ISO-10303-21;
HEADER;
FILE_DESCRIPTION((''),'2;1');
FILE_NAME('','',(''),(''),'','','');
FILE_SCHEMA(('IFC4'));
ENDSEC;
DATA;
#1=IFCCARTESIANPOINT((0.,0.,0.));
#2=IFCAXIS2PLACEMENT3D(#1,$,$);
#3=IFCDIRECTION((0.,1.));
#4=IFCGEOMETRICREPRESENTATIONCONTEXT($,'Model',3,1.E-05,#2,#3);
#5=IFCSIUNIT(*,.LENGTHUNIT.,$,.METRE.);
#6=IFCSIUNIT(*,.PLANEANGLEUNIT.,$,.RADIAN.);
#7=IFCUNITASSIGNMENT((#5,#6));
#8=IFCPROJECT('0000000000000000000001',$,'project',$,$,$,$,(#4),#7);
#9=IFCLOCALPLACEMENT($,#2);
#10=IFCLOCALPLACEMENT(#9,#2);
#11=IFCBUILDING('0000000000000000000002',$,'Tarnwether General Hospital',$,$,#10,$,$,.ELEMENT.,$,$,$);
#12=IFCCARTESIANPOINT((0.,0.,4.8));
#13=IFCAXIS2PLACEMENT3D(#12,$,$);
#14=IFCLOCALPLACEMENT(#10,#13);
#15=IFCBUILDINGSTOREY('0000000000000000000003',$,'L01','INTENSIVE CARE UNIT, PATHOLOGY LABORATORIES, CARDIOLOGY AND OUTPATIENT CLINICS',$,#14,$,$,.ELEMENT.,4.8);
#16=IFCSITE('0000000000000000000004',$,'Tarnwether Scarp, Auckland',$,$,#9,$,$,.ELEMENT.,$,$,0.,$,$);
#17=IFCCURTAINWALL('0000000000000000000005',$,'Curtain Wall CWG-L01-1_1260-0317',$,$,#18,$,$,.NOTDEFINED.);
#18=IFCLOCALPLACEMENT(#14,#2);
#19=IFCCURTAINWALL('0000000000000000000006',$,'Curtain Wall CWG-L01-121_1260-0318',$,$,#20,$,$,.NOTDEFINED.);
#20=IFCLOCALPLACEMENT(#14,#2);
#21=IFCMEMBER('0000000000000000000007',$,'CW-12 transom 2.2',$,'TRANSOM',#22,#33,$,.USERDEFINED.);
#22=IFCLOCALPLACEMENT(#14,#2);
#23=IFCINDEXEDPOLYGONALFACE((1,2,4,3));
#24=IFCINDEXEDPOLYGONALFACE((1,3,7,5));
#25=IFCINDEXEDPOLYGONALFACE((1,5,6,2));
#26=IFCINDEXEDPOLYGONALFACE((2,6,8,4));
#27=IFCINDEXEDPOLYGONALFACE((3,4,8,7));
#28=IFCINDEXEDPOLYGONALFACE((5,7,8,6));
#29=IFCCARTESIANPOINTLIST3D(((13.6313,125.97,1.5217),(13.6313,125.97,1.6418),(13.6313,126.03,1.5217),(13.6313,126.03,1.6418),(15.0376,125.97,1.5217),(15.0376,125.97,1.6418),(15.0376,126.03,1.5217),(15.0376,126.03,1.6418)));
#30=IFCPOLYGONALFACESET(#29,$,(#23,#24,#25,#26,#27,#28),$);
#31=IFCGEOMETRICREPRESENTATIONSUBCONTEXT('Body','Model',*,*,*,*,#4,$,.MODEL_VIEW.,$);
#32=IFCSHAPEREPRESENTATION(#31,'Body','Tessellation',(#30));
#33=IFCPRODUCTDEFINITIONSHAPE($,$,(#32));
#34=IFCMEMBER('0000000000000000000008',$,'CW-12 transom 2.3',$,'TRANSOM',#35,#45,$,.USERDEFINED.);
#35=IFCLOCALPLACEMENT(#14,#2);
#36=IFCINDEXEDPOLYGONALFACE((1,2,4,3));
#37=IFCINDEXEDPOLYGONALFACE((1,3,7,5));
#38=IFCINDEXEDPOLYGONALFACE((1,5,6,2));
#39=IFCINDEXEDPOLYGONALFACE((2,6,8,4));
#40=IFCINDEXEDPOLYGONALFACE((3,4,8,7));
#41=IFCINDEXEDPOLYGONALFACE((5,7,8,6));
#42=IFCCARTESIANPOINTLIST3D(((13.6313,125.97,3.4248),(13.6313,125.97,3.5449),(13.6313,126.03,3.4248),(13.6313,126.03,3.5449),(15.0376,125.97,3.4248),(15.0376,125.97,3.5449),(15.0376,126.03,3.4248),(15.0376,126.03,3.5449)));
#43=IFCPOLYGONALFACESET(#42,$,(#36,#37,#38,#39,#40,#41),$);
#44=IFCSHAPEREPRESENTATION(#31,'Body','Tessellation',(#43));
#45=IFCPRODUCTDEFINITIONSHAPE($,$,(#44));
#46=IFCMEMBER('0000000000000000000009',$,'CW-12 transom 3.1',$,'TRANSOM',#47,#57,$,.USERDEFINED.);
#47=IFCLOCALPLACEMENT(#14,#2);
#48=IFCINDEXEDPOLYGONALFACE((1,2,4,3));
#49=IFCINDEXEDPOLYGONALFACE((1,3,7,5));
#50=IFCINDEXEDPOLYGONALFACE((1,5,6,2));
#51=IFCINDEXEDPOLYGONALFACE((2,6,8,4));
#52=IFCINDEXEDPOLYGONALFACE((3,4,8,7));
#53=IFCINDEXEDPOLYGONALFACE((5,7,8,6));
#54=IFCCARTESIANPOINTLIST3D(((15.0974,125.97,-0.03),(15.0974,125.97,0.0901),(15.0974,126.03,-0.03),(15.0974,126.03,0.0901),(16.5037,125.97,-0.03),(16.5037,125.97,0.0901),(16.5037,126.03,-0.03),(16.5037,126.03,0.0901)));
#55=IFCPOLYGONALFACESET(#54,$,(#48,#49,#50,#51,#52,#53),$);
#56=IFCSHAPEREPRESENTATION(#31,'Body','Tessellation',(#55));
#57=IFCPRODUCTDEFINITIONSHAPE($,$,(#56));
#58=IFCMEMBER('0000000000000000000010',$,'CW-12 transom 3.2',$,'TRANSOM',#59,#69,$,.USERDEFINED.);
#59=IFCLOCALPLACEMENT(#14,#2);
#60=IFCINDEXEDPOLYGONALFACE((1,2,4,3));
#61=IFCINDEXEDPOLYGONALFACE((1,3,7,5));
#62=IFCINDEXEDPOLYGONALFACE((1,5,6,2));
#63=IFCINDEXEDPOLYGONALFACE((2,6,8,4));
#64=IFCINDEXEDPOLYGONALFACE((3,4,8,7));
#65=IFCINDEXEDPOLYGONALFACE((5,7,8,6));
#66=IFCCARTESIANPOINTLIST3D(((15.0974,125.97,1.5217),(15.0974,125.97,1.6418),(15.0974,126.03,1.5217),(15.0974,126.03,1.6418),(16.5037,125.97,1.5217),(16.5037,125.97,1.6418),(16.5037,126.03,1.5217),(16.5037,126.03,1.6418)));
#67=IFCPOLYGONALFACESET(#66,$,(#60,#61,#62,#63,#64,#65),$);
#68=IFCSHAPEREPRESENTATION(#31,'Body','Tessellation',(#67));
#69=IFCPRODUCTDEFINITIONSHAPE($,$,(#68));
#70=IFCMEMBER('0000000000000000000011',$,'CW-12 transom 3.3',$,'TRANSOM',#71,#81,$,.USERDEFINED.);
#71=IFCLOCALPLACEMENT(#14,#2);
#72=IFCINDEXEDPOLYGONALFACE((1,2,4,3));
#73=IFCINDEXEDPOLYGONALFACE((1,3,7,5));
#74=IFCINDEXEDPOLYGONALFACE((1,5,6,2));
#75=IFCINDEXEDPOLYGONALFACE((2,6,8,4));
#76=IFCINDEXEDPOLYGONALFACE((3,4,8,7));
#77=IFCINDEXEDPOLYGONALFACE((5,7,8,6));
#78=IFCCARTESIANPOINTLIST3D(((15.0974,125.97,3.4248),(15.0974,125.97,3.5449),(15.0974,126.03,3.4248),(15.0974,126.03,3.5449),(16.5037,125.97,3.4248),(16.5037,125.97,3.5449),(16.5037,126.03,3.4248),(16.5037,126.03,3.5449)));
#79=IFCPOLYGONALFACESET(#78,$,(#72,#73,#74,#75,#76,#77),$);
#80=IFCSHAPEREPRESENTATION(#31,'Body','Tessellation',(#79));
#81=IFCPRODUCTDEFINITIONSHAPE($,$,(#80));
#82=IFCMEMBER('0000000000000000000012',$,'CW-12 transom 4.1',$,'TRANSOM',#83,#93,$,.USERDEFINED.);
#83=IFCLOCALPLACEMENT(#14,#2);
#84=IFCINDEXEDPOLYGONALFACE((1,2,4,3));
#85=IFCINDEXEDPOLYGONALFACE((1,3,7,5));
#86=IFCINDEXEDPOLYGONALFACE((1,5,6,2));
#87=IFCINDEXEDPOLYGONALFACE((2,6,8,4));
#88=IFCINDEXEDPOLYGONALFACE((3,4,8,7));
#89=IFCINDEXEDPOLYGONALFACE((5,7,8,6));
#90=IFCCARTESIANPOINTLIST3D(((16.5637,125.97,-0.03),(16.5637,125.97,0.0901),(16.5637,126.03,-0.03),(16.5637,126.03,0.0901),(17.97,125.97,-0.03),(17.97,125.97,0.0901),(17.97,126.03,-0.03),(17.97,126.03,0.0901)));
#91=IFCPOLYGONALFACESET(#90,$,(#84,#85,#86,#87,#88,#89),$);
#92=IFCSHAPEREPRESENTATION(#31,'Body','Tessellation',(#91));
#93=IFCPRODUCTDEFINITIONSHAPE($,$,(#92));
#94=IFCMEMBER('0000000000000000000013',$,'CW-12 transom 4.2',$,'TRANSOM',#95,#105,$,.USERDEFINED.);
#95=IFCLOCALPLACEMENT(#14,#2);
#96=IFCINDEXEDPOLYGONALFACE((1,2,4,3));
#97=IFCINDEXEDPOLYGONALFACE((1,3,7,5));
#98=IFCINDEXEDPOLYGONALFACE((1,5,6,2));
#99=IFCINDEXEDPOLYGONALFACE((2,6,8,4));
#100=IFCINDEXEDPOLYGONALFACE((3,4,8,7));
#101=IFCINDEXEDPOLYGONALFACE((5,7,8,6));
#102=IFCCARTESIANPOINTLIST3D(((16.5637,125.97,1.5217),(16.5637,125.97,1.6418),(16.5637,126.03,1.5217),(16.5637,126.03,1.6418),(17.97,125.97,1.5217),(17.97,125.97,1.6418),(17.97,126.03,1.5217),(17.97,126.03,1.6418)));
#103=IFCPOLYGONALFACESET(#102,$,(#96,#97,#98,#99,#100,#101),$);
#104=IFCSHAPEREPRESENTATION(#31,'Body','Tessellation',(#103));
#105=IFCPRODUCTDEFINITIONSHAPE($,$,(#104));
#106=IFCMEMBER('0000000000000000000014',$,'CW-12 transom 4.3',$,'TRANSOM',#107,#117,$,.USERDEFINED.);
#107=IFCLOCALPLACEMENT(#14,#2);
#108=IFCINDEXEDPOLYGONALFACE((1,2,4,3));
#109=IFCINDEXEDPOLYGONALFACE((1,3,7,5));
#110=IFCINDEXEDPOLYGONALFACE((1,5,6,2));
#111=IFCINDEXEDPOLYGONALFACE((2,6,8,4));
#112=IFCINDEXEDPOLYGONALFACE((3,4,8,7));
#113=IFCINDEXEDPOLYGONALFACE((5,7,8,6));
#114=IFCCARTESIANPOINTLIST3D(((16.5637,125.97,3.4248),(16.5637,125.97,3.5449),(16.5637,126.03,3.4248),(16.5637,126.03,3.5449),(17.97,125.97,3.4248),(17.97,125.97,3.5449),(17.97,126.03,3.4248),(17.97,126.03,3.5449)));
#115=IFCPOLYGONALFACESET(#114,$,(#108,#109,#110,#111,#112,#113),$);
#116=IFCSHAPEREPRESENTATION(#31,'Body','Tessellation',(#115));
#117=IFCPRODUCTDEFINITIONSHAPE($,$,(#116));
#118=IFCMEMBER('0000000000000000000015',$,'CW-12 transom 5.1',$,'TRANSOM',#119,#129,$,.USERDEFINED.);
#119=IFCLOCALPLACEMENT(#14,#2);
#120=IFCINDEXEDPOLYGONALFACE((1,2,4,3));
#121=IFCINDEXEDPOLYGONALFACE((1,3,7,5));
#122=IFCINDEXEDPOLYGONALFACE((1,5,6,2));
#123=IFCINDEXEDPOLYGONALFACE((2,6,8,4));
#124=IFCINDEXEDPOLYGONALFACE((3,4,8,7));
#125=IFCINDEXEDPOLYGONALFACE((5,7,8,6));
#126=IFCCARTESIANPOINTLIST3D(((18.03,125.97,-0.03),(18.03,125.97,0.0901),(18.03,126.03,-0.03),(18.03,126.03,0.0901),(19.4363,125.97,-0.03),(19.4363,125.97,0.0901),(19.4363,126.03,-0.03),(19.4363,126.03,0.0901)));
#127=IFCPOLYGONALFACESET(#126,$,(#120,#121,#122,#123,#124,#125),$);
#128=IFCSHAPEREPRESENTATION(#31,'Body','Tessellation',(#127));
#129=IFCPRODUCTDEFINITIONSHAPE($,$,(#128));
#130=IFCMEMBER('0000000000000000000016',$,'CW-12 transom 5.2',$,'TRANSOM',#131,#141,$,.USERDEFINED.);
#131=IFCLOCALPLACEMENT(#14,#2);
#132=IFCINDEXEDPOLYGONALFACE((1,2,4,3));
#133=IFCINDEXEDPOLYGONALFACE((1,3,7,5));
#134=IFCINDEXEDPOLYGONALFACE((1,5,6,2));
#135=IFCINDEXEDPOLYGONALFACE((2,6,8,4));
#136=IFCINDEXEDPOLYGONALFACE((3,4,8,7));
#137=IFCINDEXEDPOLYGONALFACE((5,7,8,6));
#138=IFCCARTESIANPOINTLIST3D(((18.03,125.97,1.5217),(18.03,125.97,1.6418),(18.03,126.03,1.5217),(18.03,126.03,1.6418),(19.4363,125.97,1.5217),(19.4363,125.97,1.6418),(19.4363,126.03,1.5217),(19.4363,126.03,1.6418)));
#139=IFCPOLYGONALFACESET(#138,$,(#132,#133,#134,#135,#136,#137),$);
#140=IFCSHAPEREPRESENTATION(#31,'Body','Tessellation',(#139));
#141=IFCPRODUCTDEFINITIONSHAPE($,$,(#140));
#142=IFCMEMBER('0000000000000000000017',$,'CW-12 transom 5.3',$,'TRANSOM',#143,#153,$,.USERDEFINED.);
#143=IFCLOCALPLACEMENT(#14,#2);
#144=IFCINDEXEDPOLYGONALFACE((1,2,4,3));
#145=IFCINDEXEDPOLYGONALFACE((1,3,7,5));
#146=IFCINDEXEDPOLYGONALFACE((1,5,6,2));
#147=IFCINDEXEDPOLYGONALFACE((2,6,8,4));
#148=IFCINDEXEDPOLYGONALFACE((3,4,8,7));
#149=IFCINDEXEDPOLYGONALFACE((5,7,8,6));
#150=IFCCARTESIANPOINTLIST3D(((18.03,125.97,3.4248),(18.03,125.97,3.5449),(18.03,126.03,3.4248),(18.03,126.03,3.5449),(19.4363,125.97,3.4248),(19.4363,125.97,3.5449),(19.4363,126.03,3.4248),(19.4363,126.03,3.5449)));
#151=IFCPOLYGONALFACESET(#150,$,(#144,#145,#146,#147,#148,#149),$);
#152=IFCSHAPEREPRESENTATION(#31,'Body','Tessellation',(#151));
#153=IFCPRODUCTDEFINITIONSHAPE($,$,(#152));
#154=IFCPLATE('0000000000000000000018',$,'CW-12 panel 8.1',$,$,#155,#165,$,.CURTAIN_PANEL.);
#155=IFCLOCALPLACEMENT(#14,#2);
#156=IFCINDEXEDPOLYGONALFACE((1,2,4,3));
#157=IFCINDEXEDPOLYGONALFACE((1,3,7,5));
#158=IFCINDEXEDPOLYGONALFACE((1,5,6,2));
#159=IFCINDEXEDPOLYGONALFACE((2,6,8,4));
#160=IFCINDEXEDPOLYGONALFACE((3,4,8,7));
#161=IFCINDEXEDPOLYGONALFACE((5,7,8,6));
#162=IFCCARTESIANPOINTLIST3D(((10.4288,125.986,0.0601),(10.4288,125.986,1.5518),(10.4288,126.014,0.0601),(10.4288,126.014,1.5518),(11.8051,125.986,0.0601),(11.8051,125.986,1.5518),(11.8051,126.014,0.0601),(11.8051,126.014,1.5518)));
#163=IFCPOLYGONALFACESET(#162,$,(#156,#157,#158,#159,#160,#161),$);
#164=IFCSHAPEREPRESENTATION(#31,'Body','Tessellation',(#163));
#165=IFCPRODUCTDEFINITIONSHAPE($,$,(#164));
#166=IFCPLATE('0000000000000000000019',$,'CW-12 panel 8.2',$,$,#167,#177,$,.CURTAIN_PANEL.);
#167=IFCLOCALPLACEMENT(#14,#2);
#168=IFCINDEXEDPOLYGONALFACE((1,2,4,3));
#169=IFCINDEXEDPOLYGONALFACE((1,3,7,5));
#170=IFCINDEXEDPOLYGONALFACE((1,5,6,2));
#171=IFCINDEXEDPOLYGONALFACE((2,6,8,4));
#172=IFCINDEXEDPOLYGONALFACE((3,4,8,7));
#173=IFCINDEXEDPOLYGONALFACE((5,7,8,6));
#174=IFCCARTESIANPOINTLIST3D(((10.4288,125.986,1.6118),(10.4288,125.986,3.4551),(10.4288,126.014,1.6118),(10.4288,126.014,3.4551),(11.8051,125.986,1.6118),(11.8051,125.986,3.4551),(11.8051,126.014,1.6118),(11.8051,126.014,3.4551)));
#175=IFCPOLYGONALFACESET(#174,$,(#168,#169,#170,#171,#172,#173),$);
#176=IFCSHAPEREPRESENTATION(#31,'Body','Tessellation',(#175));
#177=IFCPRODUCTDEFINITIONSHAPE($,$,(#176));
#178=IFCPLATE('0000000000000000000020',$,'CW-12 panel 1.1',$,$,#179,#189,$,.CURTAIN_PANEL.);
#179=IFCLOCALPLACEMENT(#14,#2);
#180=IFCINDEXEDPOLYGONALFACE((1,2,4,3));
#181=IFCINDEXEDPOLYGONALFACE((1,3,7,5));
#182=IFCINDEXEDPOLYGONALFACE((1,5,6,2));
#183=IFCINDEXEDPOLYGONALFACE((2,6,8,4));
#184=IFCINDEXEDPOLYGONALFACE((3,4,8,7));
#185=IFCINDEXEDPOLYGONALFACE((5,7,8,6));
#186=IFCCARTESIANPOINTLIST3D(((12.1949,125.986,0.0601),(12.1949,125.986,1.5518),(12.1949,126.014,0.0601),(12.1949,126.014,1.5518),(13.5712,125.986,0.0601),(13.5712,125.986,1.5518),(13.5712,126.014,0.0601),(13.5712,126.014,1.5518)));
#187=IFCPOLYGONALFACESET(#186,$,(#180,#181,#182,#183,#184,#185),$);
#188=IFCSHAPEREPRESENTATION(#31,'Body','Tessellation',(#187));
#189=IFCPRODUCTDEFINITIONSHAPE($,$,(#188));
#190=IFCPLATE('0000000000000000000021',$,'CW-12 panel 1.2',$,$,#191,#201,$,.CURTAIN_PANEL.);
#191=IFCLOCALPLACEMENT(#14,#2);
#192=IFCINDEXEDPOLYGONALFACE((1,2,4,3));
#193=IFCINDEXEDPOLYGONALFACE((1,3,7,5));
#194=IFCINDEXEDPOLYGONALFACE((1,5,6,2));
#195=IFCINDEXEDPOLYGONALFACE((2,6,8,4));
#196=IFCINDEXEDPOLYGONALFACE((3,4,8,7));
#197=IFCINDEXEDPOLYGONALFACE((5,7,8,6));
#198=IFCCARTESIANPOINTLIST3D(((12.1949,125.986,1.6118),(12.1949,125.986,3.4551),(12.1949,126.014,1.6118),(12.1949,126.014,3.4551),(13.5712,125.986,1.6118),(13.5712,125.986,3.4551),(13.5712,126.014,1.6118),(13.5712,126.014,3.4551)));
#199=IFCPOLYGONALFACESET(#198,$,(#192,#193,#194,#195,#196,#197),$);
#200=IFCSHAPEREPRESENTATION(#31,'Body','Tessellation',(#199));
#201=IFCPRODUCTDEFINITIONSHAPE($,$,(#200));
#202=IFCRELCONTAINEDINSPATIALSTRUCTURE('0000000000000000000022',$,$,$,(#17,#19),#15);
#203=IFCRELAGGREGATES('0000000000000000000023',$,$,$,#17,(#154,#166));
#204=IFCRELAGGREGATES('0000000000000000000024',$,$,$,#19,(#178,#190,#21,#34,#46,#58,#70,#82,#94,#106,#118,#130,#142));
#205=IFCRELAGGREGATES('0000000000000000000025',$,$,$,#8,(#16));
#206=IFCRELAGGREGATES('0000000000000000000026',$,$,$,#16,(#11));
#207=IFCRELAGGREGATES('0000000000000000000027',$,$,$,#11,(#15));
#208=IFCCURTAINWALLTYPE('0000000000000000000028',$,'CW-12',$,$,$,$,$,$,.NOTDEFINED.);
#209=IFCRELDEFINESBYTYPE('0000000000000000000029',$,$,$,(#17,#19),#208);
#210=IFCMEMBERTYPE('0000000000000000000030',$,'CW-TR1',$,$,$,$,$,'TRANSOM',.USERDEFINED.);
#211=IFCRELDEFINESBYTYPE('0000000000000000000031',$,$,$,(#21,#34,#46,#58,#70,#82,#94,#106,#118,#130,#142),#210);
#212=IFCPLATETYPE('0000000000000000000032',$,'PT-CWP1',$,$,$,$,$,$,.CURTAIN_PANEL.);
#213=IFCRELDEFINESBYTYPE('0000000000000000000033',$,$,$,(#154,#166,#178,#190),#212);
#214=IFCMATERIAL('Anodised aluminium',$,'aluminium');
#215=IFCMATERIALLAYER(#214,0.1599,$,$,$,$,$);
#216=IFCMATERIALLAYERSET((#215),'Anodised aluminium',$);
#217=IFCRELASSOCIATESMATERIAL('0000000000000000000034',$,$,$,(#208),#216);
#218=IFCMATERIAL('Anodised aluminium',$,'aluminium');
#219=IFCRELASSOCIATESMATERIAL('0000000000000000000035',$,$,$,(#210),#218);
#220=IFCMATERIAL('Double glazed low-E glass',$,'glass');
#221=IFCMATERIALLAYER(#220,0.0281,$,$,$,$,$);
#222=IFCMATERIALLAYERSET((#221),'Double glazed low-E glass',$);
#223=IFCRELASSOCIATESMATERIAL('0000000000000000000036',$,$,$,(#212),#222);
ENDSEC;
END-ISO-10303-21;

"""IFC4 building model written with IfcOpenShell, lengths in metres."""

from ifc_helpers import new_model, si_unit, direction, frame, origin, origin_2d, place, context, subcontext, project, spatial, rectangle, extrude, material, layer, layer_set, material_profile, profile_set, type_object, element, aggregate, save


model = new_model("IFC4")

# Units and contexts
model_context = context("Model", 3, precision=1e-05, world=origin(), true_north=direction((0.0, 1.0)))
body_context = subcontext(model_context, "Body", "Model", "MODEL_VIEW")
ifc_project = project(units=[si_unit("LENGTHUNIT", "METRE"), si_unit("PLANEANGLEUNIT", "RADIAN")], contexts=[model_context])

# Site, building, storey
site_placement = place(None, origin())
site = spatial("IfcSite", under=ifc_project, at=site_placement, Name="Tarnwether Scarp, Auckland", CompositionType="ELEMENT", RefElevation=0.0)
building_placement = place(site_placement, origin())
building = spatial("IfcBuilding", under=site, at=building_placement, Name="Tarnwether General Hospital", CompositionType="ELEMENT")
storey_placement = place(building_placement, frame((0.0, 0.0, 4.8)))
storey = spatial("IfcBuildingStorey", under=building, at=storey_placement, Name="L01", Description="INTENSIVE CARE UNIT, PATHOLOGY LABORATORIES, CARDIOLOGY AND OUTPATIENT CLINICS", CompositionType="ELEMENT", Elevation=4.8)

# Curtain wall
ifc_material_1 = material(Name="Anodised aluminium", Category="aluminium")
ifc_layer_1 = layer(ifc_material_1, 0.1599)
ifc_layer_set_1 = layer_set([ifc_layer_1], Name="Anodised aluminium")
curtain_wall_type = type_object("IfcCurtainWallType", Name="CW-12", PredefinedType="NOTDEFINED", material=ifc_layer_set_1)
curtain_wall_1_placement = place(storey_placement, origin())
curtain_wall_1 = element("IfcCurtainWall", 1, at=curtain_wall_1_placement, inside=storey, type_object=curtain_wall_type, Name="Curtain Wall CWG-L01-1_1260-0317", PredefinedType="NOTDEFINED")

# Curtain wall
curtain_wall_2_placement = place(storey_placement, origin())
curtain_wall_2 = element("IfcCurtainWall", 2, at=curtain_wall_2_placement, inside=storey, type_object=curtain_wall_type, Name="Curtain Wall CWG-L01-121_1260-0318", PredefinedType="NOTDEFINED")

# Members
ifc_material_2 = material(Name="Anodised aluminium", Category="aluminium")
ifc_material_profile_1 = material_profile(ifc_material_2, rectangle(XDim=0.0601, YDim=0.1201, at=origin_2d()), Name="ALU-TRN-60x120")
ifc_profile_set_1 = profile_set([ifc_material_profile_1], Name="Anodised aluminium")
member_type_1 = type_object("IfcMemberType", Name="CW-TR1", ElementType="TRANSOM", PredefinedType="USERDEFINED", material=ifc_profile_set_1)
member_1_placement = place(storey_placement, frame((13.6313, 126.0, 1.5818), z_axis=(1.0, 0.0, 0.0), x_axis=(0.0, 1.0, 0.0)))
member_1 = element("IfcMember", 3, at=member_1_placement, type_object=member_type_1, Name="CW-12 transom 2.2", ObjectType="TRANSOM", PredefinedType="USERDEFINED", context=body_context, shape_type="SweptSolid", body=[
    extrude(rectangle(XDim=0.0601, YDim=0.1201, at=origin_2d()), origin(), (0.0, 0.0, 1.0), 1.4062),
])
member_2_placement = place(storey_placement, frame((13.6313, 126.0, 3.4849), z_axis=(1.0, 0.0, 0.0), x_axis=(0.0, 1.0, 0.0)))
member_2 = element("IfcMember", 4, at=member_2_placement, type_object=member_type_1, Name="CW-12 transom 2.3", ObjectType="TRANSOM", PredefinedType="USERDEFINED", context=body_context, shape_type="SweptSolid", body=[
    extrude(rectangle(XDim=0.0601, YDim=0.1201, at=origin_2d()), origin(), (0.0, 0.0, 1.0), 1.4062),
])
member_3_placement = place(storey_placement, frame((15.0974, 126.0, 0.03), z_axis=(1.0, 0.0, 0.0), x_axis=(0.0, 1.0, 0.0)))
member_3 = element("IfcMember", 5, at=member_3_placement, type_object=member_type_1, Name="CW-12 transom 3.1", ObjectType="TRANSOM", PredefinedType="USERDEFINED", context=body_context, shape_type="SweptSolid", body=[
    extrude(rectangle(XDim=0.0601, YDim=0.1201, at=origin_2d()), origin(), (0.0, 0.0, 1.0), 1.4062),
])
member_4_placement = place(storey_placement, frame((15.0974, 126.0, 1.5818), z_axis=(1.0, 0.0, 0.0), x_axis=(0.0, 1.0, 0.0)))
member_4 = element("IfcMember", 6, at=member_4_placement, type_object=member_type_1, Name="CW-12 transom 3.2", ObjectType="TRANSOM", PredefinedType="USERDEFINED", context=body_context, shape_type="SweptSolid", body=[
    extrude(rectangle(XDim=0.0601, YDim=0.1201, at=origin_2d()), origin(), (0.0, 0.0, 1.0), 1.4062),
])
member_5_placement = place(storey_placement, frame((15.0974, 126.0, 3.4849), z_axis=(1.0, 0.0, 0.0), x_axis=(0.0, 1.0, 0.0)))
member_5 = element("IfcMember", 7, at=member_5_placement, type_object=member_type_1, Name="CW-12 transom 3.3", ObjectType="TRANSOM", PredefinedType="USERDEFINED", context=body_context, shape_type="SweptSolid", body=[
    extrude(rectangle(XDim=0.0601, YDim=0.1201, at=origin_2d()), origin(), (0.0, 0.0, 1.0), 1.4062),
])
member_6_placement = place(storey_placement, frame((16.5637, 126.0, 0.03), z_axis=(1.0, 0.0, 0.0), x_axis=(0.0, 1.0, 0.0)))
member_6 = element("IfcMember", 8, at=member_6_placement, type_object=member_type_1, Name="CW-12 transom 4.1", ObjectType="TRANSOM", PredefinedType="USERDEFINED", context=body_context, shape_type="SweptSolid", body=[
    extrude(rectangle(XDim=0.0601, YDim=0.1201, at=origin_2d()), origin(), (0.0, 0.0, 1.0), 1.4062),
])
member_7_placement = place(storey_placement, frame((16.5637, 126.0, 1.5818), z_axis=(1.0, 0.0, 0.0), x_axis=(0.0, 1.0, 0.0)))
member_7 = element("IfcMember", 9, at=member_7_placement, type_object=member_type_1, Name="CW-12 transom 4.2", ObjectType="TRANSOM", PredefinedType="USERDEFINED", context=body_context, shape_type="SweptSolid", body=[
    extrude(rectangle(XDim=0.0601, YDim=0.1201, at=origin_2d()), origin(), (0.0, 0.0, 1.0), 1.4062),
])
member_8_placement = place(storey_placement, frame((16.5637, 126.0, 3.4849), z_axis=(1.0, 0.0, 0.0), x_axis=(0.0, 1.0, 0.0)))
member_8 = element("IfcMember", 10, at=member_8_placement, type_object=member_type_1, Name="CW-12 transom 4.3", ObjectType="TRANSOM", PredefinedType="USERDEFINED", context=body_context, shape_type="SweptSolid", body=[
    extrude(rectangle(XDim=0.0601, YDim=0.1201, at=origin_2d()), origin(), (0.0, 0.0, 1.0), 1.4062),
])
member_9_placement = place(storey_placement, frame((18.03, 126.0, 0.03), z_axis=(1.0, 0.0, 0.0), x_axis=(0.0, 1.0, 0.0)))
member_9 = element("IfcMember", 11, at=member_9_placement, type_object=member_type_1, Name="CW-12 transom 5.1", ObjectType="TRANSOM", PredefinedType="USERDEFINED", context=body_context, shape_type="SweptSolid", body=[
    extrude(rectangle(XDim=0.0601, YDim=0.1201, at=origin_2d()), origin(), (0.0, 0.0, 1.0), 1.4062),
])
member_10_placement = place(storey_placement, frame((18.03, 126.0, 1.5818), z_axis=(1.0, 0.0, 0.0), x_axis=(0.0, 1.0, 0.0)))
member_10 = element("IfcMember", 12, at=member_10_placement, type_object=member_type_1, Name="CW-12 transom 5.2", ObjectType="TRANSOM", PredefinedType="USERDEFINED", context=body_context, shape_type="SweptSolid", body=[
    extrude(rectangle(XDim=0.0601, YDim=0.1201, at=origin_2d()), origin(), (0.0, 0.0, 1.0), 1.4062),
])
member_11_placement = place(storey_placement, frame((18.03, 126.0, 3.4849), z_axis=(1.0, 0.0, 0.0), x_axis=(0.0, 1.0, 0.0)))
member_11 = element("IfcMember", 13, at=member_11_placement, type_object=member_type_1, Name="CW-12 transom 5.3", ObjectType="TRANSOM", PredefinedType="USERDEFINED", context=body_context, shape_type="SweptSolid", body=[
    extrude(rectangle(XDim=0.0601, YDim=0.1201, at=origin_2d()), origin(), (0.0, 0.0, 1.0), 1.4062),
])

# Plates
ifc_material_3 = material(Name="Double glazed low-E glass", Category="glass")
ifc_layer_2 = layer(ifc_material_3, 0.0281)
ifc_layer_set_2 = layer_set([ifc_layer_2], Name="Double glazed low-E glass")
plate_type_1 = type_object("IfcPlateType", Name="PT-CWP1", PredefinedType="CURTAIN_PANEL", material=ifc_layer_set_2)
plate_1_placement = place(storey_placement, frame((11.1169, 126.0, 0.0601), z_axis=(0.0, 0.0, 1.0), x_axis=(1.0, 0.0, 0.0)))
plate_1 = element("IfcPlate", 14, at=plate_1_placement, type_object=plate_type_1, Name="CW-12 panel 8.1", PredefinedType="CURTAIN_PANEL", context=body_context, shape_type="SweptSolid", body=[
    extrude(rectangle(XDim=1.3762, YDim=0.0281, at=origin_2d()), origin(), (0.0, 0.0, 1.0), 1.4917),
])
plate_2_placement = place(storey_placement, frame((11.1169, 126.0, 1.6118), z_axis=(0.0, 0.0, 1.0), x_axis=(1.0, 0.0, 0.0)))
plate_2 = element("IfcPlate", 15, at=plate_2_placement, type_object=plate_type_1, Name="CW-12 panel 8.2", PredefinedType="CURTAIN_PANEL", context=body_context, shape_type="SweptSolid", body=[
    extrude(rectangle(XDim=1.3762, YDim=0.0281, at=origin_2d()), origin(), (0.0, 0.0, 1.0), 1.8433),
])
aggregate(curtain_wall_1, [plate_1, plate_2])
plate_3_placement = place(storey_placement, frame((12.8831, 126.0, 0.0601), z_axis=(0.0, 0.0, 1.0), x_axis=(1.0, 0.0, 0.0)))
plate_3 = element("IfcPlate", 16, at=plate_3_placement, type_object=plate_type_1, Name="CW-12 panel 1.1", PredefinedType="CURTAIN_PANEL", context=body_context, shape_type="SweptSolid", body=[
    extrude(rectangle(XDim=1.3762, YDim=0.0281, at=origin_2d()), origin(), (0.0, 0.0, 1.0), 1.4917),
])
plate_4_placement = place(storey_placement, frame((12.8831, 126.0, 1.6118), z_axis=(0.0, 0.0, 1.0), x_axis=(1.0, 0.0, 0.0)))
plate_4 = element("IfcPlate", 17, at=plate_4_placement, type_object=plate_type_1, Name="CW-12 panel 1.2", PredefinedType="CURTAIN_PANEL", context=body_context, shape_type="SweptSolid", body=[
    extrude(rectangle(XDim=1.3762, YDim=0.0281, at=origin_2d()), origin(), (0.0, 0.0, 1.0), 1.8433),
])
aggregate(curtain_wall_2, [plate_3, plate_4, member_1, member_2, member_3, member_4, member_5, member_6, member_7, member_8, member_9, member_10, member_11])

save(model, "model.ifc")
